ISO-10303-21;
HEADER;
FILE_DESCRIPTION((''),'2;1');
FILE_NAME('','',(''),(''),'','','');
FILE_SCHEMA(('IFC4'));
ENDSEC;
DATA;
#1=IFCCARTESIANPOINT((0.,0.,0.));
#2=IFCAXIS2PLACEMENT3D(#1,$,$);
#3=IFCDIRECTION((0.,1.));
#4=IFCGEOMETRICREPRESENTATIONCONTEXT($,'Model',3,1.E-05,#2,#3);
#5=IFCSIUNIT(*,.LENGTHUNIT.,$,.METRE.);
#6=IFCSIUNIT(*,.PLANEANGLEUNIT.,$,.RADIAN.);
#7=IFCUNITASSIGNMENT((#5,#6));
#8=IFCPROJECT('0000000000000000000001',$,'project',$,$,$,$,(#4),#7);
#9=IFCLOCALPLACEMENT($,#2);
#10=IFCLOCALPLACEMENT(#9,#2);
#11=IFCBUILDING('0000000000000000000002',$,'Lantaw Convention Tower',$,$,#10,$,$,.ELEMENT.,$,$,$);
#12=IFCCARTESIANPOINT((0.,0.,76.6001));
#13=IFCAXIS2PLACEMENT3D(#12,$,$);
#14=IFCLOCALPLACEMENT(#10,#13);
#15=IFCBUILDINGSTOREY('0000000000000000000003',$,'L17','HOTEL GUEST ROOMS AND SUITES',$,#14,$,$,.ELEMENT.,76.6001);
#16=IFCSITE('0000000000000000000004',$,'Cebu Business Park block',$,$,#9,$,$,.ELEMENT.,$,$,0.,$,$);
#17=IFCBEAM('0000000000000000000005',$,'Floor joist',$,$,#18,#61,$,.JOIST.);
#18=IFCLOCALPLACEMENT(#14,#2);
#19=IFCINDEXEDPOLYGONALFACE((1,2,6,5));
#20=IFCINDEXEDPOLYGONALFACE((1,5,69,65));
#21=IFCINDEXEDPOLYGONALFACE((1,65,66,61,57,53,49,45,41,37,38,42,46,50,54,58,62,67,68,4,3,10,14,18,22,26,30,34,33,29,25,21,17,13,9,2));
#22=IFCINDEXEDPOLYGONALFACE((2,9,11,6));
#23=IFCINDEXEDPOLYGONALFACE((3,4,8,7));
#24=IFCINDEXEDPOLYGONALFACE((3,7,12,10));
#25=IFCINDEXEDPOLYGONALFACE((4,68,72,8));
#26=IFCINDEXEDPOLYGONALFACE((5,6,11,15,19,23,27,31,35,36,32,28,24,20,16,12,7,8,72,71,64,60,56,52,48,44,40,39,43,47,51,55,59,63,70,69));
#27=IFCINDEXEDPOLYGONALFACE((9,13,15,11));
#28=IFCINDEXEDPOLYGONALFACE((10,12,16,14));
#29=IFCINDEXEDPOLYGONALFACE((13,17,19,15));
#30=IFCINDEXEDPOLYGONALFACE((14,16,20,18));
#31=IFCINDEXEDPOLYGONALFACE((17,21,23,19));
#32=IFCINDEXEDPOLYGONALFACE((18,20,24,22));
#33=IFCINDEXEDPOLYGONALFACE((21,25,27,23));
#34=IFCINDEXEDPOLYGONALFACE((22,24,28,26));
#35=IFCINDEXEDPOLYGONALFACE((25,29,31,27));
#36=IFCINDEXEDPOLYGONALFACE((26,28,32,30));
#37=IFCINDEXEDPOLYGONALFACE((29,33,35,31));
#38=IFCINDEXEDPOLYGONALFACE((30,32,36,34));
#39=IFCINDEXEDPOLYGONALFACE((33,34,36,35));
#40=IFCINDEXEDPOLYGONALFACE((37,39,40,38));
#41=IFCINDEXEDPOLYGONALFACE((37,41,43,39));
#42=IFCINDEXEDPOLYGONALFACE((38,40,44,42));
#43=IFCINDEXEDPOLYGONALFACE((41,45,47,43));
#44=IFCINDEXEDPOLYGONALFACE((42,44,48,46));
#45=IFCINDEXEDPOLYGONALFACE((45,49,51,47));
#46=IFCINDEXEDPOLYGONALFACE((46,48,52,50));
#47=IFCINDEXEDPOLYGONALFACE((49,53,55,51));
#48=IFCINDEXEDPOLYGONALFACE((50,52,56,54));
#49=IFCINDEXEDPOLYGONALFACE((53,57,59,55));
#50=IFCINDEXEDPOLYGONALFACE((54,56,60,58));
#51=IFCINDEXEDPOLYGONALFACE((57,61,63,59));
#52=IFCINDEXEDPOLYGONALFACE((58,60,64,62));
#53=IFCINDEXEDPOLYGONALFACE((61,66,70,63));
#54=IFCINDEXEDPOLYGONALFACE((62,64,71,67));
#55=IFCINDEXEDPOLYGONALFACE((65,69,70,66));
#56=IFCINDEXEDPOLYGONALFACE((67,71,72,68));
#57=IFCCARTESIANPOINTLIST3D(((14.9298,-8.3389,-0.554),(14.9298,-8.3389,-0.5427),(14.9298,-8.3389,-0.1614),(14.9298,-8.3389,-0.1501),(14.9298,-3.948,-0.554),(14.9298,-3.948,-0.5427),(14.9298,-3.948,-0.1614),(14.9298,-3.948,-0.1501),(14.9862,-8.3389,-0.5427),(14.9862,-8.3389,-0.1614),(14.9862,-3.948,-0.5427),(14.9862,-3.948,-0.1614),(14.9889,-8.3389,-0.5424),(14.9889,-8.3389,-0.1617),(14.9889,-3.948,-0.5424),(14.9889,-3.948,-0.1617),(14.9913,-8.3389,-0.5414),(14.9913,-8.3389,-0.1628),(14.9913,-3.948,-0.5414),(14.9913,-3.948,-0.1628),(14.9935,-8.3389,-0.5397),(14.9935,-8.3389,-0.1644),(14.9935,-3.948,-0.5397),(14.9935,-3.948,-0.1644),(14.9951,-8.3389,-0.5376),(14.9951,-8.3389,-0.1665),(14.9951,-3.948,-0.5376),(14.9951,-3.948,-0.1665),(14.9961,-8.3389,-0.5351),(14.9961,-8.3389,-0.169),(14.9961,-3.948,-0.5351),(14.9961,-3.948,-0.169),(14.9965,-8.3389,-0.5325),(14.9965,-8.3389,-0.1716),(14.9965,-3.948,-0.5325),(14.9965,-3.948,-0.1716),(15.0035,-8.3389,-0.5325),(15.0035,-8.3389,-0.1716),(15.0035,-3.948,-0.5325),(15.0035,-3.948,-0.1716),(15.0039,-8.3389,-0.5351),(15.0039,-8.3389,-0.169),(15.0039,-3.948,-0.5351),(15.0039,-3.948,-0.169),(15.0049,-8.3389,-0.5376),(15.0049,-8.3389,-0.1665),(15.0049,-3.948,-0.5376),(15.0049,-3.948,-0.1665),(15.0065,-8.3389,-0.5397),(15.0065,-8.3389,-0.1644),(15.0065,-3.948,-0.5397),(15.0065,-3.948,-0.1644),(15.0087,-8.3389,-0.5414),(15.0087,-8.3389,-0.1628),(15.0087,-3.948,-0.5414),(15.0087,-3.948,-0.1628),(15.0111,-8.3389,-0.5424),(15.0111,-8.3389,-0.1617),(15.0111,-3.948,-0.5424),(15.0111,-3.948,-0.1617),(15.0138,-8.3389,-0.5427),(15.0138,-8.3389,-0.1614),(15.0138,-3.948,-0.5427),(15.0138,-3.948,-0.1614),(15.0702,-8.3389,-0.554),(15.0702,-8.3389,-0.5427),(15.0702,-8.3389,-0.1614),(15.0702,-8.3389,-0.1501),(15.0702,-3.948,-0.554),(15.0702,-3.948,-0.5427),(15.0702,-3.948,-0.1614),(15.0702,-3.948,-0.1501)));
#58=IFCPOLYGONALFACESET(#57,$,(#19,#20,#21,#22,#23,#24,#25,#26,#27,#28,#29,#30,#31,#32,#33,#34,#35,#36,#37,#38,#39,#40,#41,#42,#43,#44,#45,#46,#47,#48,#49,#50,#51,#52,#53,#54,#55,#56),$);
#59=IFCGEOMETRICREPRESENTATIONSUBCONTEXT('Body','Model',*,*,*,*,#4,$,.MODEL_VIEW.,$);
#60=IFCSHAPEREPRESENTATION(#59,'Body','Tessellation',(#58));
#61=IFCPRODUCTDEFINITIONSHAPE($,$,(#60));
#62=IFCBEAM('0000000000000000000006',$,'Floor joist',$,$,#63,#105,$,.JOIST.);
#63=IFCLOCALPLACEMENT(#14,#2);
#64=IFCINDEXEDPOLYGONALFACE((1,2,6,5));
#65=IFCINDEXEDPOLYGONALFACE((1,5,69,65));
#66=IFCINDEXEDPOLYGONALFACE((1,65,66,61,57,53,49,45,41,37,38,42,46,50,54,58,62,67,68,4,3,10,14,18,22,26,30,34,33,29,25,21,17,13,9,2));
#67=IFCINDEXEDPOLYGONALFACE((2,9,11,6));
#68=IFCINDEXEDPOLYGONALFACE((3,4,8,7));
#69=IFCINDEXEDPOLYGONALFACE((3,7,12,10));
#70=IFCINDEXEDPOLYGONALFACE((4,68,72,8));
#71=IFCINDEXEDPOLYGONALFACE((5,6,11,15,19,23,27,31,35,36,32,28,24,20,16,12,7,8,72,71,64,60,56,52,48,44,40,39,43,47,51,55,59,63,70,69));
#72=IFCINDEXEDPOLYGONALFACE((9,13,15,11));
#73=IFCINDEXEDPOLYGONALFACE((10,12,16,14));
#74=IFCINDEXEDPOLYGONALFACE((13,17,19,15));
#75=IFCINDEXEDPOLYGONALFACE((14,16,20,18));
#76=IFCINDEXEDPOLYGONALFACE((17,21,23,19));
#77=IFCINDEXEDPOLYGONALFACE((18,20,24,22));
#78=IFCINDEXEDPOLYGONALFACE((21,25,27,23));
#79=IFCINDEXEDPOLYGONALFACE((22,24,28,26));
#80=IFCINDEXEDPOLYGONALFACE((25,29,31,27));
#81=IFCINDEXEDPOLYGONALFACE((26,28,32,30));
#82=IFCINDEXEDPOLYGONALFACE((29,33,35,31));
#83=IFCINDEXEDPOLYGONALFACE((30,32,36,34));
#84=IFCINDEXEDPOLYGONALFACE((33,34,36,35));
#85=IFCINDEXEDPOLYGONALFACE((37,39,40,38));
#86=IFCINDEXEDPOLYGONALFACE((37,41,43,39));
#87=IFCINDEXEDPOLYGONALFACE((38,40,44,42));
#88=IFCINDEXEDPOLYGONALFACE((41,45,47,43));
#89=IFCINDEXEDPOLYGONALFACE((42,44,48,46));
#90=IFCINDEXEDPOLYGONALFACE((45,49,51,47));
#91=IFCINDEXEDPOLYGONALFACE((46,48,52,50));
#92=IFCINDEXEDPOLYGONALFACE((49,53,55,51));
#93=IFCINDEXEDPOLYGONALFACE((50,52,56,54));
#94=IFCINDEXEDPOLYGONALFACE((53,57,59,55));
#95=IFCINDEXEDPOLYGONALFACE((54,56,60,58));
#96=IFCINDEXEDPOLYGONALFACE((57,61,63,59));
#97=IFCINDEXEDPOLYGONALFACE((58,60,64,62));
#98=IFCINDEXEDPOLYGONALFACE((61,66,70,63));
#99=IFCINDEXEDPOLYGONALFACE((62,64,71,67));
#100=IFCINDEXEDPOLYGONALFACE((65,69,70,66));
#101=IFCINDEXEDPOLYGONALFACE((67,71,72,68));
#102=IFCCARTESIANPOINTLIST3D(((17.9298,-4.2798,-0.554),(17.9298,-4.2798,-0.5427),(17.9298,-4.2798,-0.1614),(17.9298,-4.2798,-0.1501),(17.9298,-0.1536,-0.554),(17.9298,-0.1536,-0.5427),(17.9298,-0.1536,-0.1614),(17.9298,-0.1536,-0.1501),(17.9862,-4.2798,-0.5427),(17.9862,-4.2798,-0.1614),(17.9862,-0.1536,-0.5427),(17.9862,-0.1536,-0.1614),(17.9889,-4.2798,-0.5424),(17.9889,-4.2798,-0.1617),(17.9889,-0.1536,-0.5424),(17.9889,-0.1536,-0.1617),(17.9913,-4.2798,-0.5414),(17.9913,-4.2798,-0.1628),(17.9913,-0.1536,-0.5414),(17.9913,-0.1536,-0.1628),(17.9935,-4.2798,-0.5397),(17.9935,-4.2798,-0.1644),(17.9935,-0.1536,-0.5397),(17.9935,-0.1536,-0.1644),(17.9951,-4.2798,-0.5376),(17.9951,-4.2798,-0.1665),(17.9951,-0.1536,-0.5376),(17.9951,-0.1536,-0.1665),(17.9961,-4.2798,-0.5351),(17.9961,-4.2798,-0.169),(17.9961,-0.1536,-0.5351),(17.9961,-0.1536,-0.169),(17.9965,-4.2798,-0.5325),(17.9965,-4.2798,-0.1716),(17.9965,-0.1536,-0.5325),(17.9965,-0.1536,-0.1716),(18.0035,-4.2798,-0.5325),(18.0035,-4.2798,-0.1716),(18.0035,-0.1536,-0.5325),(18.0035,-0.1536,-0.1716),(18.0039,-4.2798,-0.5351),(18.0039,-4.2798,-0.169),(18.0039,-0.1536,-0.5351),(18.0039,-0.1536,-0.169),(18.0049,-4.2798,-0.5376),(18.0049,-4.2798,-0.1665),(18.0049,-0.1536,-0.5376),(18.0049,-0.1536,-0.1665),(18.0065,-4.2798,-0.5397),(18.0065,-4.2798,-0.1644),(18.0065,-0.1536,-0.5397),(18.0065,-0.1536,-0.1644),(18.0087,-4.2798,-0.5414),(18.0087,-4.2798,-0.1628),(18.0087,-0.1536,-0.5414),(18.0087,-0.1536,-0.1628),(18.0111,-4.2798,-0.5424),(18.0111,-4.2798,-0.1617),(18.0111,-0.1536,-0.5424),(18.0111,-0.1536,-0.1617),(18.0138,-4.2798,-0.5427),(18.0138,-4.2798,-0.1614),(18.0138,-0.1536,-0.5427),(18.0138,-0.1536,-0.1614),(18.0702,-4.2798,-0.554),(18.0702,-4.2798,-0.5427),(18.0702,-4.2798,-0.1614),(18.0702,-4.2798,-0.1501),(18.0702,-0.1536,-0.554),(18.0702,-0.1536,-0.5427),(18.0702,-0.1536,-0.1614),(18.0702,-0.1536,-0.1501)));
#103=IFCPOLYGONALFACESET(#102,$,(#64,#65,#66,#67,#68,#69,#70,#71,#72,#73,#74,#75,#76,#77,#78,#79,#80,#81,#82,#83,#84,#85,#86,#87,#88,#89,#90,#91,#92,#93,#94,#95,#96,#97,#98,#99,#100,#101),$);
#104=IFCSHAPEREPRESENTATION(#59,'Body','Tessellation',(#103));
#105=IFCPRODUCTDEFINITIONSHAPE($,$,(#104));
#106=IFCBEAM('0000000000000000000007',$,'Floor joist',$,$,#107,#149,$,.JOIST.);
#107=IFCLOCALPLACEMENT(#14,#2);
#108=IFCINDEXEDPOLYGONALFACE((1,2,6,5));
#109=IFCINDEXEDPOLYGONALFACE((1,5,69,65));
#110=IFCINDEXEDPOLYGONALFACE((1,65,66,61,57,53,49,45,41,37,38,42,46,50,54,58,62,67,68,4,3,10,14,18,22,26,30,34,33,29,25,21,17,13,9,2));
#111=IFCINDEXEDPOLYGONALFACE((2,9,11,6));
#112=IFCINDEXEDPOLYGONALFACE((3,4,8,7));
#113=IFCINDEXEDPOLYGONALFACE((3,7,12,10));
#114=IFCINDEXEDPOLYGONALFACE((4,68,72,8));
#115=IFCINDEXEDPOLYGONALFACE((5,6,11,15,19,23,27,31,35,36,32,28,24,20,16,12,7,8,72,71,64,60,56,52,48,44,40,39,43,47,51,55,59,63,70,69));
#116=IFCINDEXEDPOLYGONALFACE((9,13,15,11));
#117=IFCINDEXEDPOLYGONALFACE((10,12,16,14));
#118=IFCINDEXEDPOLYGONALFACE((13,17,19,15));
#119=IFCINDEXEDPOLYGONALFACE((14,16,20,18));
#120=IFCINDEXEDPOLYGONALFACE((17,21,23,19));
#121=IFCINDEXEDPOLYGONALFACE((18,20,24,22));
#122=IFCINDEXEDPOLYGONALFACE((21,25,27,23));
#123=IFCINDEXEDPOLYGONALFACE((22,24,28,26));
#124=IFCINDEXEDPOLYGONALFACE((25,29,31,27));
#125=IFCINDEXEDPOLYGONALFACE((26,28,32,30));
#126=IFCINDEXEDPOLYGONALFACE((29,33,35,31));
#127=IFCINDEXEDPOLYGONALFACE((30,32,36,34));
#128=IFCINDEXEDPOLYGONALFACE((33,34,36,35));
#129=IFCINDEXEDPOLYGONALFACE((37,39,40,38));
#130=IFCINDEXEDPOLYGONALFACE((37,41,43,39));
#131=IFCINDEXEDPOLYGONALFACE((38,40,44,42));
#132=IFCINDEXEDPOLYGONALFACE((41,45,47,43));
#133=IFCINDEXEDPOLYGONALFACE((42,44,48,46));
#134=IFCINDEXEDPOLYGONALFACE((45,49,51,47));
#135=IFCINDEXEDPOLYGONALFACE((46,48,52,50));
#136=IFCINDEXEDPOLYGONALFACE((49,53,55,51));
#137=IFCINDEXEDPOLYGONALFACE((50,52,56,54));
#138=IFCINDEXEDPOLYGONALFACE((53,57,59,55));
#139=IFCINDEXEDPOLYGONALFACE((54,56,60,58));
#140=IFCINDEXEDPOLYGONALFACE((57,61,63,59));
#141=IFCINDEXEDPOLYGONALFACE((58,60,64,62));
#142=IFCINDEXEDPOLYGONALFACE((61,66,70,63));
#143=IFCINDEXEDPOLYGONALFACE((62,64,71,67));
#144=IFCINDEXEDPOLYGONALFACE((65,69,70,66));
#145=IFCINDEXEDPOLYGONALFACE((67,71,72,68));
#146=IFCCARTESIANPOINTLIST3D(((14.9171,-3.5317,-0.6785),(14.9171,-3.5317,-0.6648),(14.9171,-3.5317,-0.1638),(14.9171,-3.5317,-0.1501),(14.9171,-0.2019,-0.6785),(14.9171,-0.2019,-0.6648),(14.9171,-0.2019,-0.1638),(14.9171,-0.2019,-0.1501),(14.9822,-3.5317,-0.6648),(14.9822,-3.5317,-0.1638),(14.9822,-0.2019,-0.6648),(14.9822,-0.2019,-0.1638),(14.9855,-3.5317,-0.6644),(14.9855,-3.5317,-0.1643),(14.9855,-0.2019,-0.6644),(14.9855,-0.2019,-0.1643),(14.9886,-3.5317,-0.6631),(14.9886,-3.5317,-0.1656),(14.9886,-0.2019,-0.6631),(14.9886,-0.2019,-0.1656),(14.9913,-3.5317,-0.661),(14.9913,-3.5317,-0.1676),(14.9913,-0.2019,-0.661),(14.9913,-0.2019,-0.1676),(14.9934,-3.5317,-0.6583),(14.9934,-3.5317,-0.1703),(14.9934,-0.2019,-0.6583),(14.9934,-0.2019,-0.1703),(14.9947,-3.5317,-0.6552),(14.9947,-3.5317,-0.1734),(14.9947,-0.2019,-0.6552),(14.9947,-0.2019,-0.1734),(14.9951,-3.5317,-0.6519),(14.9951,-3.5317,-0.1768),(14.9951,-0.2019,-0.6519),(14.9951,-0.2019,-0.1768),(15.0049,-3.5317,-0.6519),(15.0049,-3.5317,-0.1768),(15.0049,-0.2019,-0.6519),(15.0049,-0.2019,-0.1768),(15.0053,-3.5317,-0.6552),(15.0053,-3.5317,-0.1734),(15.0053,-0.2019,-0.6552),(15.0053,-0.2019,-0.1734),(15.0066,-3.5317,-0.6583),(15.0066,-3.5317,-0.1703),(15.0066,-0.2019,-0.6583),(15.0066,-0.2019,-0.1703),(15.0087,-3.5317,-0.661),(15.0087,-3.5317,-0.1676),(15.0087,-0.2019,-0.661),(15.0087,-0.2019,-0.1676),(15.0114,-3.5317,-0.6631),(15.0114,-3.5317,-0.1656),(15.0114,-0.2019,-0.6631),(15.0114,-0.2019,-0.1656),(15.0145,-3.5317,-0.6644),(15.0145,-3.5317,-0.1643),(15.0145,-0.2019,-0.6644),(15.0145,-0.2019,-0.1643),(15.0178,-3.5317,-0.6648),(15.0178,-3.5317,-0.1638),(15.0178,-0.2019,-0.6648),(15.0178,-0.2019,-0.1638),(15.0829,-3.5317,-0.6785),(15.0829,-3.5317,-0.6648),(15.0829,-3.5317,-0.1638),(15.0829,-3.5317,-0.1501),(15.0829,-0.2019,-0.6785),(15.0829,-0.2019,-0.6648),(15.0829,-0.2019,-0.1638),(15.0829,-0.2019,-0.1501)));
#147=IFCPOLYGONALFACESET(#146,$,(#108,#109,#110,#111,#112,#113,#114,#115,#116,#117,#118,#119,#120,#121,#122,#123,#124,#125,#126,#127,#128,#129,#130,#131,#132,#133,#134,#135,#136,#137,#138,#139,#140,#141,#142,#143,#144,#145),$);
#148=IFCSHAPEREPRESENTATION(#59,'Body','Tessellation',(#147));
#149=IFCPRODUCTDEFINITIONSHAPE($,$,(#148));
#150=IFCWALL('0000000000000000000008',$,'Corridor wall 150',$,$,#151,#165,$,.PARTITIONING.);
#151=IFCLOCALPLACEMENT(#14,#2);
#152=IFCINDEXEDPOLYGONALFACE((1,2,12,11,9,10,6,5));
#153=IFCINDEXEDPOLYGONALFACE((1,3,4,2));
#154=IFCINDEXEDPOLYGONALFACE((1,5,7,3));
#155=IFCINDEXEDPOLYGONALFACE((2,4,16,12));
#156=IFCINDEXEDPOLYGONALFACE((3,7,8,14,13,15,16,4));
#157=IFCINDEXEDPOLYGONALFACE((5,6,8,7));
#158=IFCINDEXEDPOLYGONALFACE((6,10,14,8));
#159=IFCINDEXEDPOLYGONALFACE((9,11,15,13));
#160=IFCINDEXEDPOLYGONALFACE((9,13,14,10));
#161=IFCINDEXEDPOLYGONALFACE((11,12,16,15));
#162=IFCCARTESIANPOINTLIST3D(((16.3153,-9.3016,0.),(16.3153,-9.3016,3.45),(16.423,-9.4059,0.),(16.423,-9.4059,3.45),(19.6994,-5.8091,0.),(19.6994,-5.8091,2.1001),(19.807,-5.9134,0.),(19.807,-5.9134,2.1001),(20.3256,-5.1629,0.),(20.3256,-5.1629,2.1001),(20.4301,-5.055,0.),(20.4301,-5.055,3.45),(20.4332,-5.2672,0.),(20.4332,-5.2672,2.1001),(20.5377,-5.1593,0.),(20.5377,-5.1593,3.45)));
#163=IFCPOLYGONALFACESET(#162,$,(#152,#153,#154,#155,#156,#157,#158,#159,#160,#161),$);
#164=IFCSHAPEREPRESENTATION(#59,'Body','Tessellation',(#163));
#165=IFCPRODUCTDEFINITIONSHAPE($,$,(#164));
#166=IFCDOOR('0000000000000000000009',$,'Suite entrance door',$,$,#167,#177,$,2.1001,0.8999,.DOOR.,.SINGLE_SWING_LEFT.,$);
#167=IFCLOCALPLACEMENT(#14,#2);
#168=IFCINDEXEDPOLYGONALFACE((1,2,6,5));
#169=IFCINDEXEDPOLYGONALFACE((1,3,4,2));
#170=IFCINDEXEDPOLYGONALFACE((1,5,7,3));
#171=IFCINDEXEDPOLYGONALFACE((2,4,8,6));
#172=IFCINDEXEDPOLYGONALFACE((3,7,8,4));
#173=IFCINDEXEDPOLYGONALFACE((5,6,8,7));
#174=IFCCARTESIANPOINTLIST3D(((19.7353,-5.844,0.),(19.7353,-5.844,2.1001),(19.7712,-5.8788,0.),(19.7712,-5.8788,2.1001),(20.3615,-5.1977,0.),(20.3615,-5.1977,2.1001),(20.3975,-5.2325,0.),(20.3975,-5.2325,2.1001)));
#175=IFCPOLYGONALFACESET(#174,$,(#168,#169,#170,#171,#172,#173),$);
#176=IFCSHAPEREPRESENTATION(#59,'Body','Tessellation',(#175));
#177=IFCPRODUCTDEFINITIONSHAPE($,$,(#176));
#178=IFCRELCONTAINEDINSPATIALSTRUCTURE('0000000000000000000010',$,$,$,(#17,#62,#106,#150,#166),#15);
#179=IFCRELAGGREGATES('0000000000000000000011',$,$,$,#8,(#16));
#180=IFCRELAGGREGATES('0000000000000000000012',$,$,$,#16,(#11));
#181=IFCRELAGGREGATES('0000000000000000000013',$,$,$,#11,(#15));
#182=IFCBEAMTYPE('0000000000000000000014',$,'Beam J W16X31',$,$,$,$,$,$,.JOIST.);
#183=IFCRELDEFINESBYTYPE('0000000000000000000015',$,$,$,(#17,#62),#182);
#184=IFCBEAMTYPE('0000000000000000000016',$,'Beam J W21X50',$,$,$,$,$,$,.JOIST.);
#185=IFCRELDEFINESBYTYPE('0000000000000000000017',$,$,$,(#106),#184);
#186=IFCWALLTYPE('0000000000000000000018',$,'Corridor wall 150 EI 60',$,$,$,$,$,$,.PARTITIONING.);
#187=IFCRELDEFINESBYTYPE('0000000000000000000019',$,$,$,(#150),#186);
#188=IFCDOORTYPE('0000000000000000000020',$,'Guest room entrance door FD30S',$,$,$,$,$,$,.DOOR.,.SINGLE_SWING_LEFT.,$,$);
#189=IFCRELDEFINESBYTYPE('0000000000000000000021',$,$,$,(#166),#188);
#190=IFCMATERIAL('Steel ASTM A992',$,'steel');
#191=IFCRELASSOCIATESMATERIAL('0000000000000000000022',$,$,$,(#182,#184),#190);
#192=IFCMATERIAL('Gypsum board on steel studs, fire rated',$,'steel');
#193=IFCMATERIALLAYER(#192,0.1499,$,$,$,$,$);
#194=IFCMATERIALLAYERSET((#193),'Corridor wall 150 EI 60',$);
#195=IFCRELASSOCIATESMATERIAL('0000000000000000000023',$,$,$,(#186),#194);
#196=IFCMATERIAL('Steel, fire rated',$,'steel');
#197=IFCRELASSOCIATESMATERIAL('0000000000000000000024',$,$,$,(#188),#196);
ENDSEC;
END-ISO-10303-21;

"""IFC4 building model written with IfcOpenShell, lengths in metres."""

from ifc_helpers import new_model, si_unit, direction, frame, frame_2d, origin, origin_2d, place, context, subcontext, project, spatial, rectangle, i_section, extrude, material, layer, layer_set, material_profile, profile_set, type_object, element, fill, save


model = new_model("IFC4")

# Units and contexts
model_context = context("Model", 3, precision=1e-05, world=origin(), true_north=direction((0.0, 1.0)))
body_context = subcontext(model_context, "Body", "Model", "MODEL_VIEW")
ifc_project = project(units=[si_unit("LENGTHUNIT", "METRE"), si_unit("PLANEANGLEUNIT", "RADIAN")], contexts=[model_context])

# Site, building, storey
site_placement = place(None, origin())
site = spatial("IfcSite", under=ifc_project, at=site_placement, Name="Cebu Business Park block", CompositionType="ELEMENT", RefElevation=0.0)
building_placement = place(site_placement, origin())
building = spatial("IfcBuilding", under=site, at=building_placement, Name="Lantaw Convention Tower", CompositionType="ELEMENT")
storey_placement = place(building_placement, frame((0.0, 0.0, 76.6001)))
storey = spatial("IfcBuildingStorey", under=building, at=storey_placement, Name="L17", Description="HOTEL GUEST ROOMS AND SUITES", CompositionType="ELEMENT", Elevation=76.6001)

# Beams
ifc_material_1 = material(Name="Steel ASTM A992", Category="steel")
ifc_material_profile_1 = material_profile(ifc_material_1, i_section(OverallWidth=0.1404, OverallDepth=0.4038, WebThickness=0.0071, FlangeThickness=0.0112, FilletRadius=0.0103, at=origin_2d()), Name="W16X31")
ifc_profile_set_1 = profile_set([ifc_material_profile_1], Name="Steel ASTM A992")
beam_type_1 = type_object("IfcBeamType", Name="Beam J W16X31", PredefinedType="JOIST", material=ifc_profile_set_1)
beam_1_placement = place(storey_placement, frame((15.0, -8.3389, -0.3521), z_axis=(0.0, 1.0, 0.0), x_axis=(-1.0, 0.0, 0.0)))
element("IfcBeam", 1, at=beam_1_placement, inside=storey, type_object=beam_type_1, Name="Floor joist", PredefinedType="JOIST", context=body_context, shape_type="SweptSolid", body=[
    extrude(i_section(OverallWidth=0.1404, OverallDepth=0.4038, WebThickness=0.0071, FlangeThickness=0.0112, FilletRadius=0.0103, at=origin_2d()), origin(), (0.0, 0.0, 1.0), 4.3909),
])
beam_2_placement = place(storey_placement, frame((18.0, -4.2798, -0.3521), z_axis=(0.0, 1.0, 0.0), x_axis=(-1.0, 0.0, 0.0)))
element("IfcBeam", 2, at=beam_2_placement, inside=storey, type_object=beam_type_1, Name="Floor joist", PredefinedType="JOIST", context=body_context, shape_type="SweptSolid", body=[
    extrude(i_section(OverallWidth=0.1404, OverallDepth=0.4038, WebThickness=0.0071, FlangeThickness=0.0112, FilletRadius=0.0103, at=origin_2d()), origin(), (0.0, 0.0, 1.0), 4.1262),
])
ifc_material_profile_2 = material_profile(ifc_material_1, i_section(OverallWidth=0.1658, OverallDepth=0.5283, WebThickness=0.0098, FlangeThickness=0.0137, FilletRadius=0.0129, at=origin_2d()), Name="W21X50")
ifc_profile_set_2 = profile_set([ifc_material_profile_2], Name="Steel ASTM A992")
beam_type_2 = type_object("IfcBeamType", Name="Beam J W21X50", PredefinedType="JOIST", material=ifc_profile_set_2)
beam_3_placement = place(storey_placement, frame((15.0, -3.5317, -0.4143), z_axis=(0.0, 1.0, 0.0), x_axis=(-1.0, 0.0, 0.0)))
element("IfcBeam", 3, at=beam_3_placement, inside=storey, type_object=beam_type_2, Name="Floor joist", PredefinedType="JOIST", context=body_context, shape_type="SweptSolid", body=[
    extrude(i_section(OverallWidth=0.1658, OverallDepth=0.5283, WebThickness=0.0098, FlangeThickness=0.0137, FilletRadius=0.0129, at=origin_2d()), origin(), (0.0, 0.0, 1.0), 3.3298),
])

# Wall, opening, door
ifc_material_2 = material(Name="Gypsum board on steel studs, fire rated", Category="steel")
ifc_layer = layer(ifc_material_2, 0.1499)
ifc_layer_set = layer_set([ifc_layer], Name="Corridor wall 150 EI 60")
wall_type = type_object("IfcWallType", Name="Corridor wall 150 EI 60", PredefinedType="PARTITIONING", material=ifc_layer_set)
wall_1_placement = place(storey_placement, frame((16.3691, -9.3538, 0.0), z_axis=(0.0, 0.0, 1.0), x_axis=(0.695871, 0.718167, 0.0)))
wall_1 = element("IfcWall", 4, at=wall_1_placement, inside=storey, type_object=wall_type, Name="Corridor wall 150", PredefinedType="PARTITIONING", context=body_context, shape_type="SweptSolid", body=[
    extrude(rectangle(XDim=5.9131, YDim=0.1499, at=frame_2d((2.9565, 0.0))), origin(), (0.0, 0.0, 1.0), 3.45),
])
opening_1_placement = place(wall_1_placement, frame((4.863, 0.0, 0.0)))
opening_1 = element("IfcOpeningElement", 5, at=opening_1_placement, cuts=wall_1, PredefinedType="OPENING", context=body_context, shape_type="SweptSolid", body=[
    extrude(rectangle(XDim=0.8999, YDim=2.1001, at=frame_2d((0.45, 1.05))), frame((0.0, 0.085, 0.0), z_axis=(0.0, -1.0, 0.0), x_axis=(1.0, 0.0, 0.0)), (0.0, 0.0, 1.0), 0.1699),
])
ifc_material_3 = material(Name="Steel, fire rated", Category="steel")
door_type_1 = type_object("IfcDoorType", Name="Guest room entrance door FD30S", OperationType="SINGLE_SWING_LEFT", PredefinedType="DOOR", material=ifc_material_3)
door_1_placement = place(opening_1_placement, origin())
door_1 = element("IfcDoor", 6, at=door_1_placement, inside=storey, type_object=door_type_1, Name="Suite entrance door", OperationType="SINGLE_SWING_LEFT", OverallHeight=2.1001, OverallWidth=0.8999, PredefinedType="DOOR", context=body_context, shape_type="SweptSolid", body=[
    extrude(rectangle(XDim=0.8999, YDim=2.1001, at=frame_2d((0.45, 1.05))), frame((0.0, 0.0249, 0.0), z_axis=(0.0, -1.0, 0.0), x_axis=(1.0, 0.0, 0.0)), (0.0, 0.0, 1.0), 0.05),
])
fill(opening_1, door_1)

save(model, "model.ifc")
